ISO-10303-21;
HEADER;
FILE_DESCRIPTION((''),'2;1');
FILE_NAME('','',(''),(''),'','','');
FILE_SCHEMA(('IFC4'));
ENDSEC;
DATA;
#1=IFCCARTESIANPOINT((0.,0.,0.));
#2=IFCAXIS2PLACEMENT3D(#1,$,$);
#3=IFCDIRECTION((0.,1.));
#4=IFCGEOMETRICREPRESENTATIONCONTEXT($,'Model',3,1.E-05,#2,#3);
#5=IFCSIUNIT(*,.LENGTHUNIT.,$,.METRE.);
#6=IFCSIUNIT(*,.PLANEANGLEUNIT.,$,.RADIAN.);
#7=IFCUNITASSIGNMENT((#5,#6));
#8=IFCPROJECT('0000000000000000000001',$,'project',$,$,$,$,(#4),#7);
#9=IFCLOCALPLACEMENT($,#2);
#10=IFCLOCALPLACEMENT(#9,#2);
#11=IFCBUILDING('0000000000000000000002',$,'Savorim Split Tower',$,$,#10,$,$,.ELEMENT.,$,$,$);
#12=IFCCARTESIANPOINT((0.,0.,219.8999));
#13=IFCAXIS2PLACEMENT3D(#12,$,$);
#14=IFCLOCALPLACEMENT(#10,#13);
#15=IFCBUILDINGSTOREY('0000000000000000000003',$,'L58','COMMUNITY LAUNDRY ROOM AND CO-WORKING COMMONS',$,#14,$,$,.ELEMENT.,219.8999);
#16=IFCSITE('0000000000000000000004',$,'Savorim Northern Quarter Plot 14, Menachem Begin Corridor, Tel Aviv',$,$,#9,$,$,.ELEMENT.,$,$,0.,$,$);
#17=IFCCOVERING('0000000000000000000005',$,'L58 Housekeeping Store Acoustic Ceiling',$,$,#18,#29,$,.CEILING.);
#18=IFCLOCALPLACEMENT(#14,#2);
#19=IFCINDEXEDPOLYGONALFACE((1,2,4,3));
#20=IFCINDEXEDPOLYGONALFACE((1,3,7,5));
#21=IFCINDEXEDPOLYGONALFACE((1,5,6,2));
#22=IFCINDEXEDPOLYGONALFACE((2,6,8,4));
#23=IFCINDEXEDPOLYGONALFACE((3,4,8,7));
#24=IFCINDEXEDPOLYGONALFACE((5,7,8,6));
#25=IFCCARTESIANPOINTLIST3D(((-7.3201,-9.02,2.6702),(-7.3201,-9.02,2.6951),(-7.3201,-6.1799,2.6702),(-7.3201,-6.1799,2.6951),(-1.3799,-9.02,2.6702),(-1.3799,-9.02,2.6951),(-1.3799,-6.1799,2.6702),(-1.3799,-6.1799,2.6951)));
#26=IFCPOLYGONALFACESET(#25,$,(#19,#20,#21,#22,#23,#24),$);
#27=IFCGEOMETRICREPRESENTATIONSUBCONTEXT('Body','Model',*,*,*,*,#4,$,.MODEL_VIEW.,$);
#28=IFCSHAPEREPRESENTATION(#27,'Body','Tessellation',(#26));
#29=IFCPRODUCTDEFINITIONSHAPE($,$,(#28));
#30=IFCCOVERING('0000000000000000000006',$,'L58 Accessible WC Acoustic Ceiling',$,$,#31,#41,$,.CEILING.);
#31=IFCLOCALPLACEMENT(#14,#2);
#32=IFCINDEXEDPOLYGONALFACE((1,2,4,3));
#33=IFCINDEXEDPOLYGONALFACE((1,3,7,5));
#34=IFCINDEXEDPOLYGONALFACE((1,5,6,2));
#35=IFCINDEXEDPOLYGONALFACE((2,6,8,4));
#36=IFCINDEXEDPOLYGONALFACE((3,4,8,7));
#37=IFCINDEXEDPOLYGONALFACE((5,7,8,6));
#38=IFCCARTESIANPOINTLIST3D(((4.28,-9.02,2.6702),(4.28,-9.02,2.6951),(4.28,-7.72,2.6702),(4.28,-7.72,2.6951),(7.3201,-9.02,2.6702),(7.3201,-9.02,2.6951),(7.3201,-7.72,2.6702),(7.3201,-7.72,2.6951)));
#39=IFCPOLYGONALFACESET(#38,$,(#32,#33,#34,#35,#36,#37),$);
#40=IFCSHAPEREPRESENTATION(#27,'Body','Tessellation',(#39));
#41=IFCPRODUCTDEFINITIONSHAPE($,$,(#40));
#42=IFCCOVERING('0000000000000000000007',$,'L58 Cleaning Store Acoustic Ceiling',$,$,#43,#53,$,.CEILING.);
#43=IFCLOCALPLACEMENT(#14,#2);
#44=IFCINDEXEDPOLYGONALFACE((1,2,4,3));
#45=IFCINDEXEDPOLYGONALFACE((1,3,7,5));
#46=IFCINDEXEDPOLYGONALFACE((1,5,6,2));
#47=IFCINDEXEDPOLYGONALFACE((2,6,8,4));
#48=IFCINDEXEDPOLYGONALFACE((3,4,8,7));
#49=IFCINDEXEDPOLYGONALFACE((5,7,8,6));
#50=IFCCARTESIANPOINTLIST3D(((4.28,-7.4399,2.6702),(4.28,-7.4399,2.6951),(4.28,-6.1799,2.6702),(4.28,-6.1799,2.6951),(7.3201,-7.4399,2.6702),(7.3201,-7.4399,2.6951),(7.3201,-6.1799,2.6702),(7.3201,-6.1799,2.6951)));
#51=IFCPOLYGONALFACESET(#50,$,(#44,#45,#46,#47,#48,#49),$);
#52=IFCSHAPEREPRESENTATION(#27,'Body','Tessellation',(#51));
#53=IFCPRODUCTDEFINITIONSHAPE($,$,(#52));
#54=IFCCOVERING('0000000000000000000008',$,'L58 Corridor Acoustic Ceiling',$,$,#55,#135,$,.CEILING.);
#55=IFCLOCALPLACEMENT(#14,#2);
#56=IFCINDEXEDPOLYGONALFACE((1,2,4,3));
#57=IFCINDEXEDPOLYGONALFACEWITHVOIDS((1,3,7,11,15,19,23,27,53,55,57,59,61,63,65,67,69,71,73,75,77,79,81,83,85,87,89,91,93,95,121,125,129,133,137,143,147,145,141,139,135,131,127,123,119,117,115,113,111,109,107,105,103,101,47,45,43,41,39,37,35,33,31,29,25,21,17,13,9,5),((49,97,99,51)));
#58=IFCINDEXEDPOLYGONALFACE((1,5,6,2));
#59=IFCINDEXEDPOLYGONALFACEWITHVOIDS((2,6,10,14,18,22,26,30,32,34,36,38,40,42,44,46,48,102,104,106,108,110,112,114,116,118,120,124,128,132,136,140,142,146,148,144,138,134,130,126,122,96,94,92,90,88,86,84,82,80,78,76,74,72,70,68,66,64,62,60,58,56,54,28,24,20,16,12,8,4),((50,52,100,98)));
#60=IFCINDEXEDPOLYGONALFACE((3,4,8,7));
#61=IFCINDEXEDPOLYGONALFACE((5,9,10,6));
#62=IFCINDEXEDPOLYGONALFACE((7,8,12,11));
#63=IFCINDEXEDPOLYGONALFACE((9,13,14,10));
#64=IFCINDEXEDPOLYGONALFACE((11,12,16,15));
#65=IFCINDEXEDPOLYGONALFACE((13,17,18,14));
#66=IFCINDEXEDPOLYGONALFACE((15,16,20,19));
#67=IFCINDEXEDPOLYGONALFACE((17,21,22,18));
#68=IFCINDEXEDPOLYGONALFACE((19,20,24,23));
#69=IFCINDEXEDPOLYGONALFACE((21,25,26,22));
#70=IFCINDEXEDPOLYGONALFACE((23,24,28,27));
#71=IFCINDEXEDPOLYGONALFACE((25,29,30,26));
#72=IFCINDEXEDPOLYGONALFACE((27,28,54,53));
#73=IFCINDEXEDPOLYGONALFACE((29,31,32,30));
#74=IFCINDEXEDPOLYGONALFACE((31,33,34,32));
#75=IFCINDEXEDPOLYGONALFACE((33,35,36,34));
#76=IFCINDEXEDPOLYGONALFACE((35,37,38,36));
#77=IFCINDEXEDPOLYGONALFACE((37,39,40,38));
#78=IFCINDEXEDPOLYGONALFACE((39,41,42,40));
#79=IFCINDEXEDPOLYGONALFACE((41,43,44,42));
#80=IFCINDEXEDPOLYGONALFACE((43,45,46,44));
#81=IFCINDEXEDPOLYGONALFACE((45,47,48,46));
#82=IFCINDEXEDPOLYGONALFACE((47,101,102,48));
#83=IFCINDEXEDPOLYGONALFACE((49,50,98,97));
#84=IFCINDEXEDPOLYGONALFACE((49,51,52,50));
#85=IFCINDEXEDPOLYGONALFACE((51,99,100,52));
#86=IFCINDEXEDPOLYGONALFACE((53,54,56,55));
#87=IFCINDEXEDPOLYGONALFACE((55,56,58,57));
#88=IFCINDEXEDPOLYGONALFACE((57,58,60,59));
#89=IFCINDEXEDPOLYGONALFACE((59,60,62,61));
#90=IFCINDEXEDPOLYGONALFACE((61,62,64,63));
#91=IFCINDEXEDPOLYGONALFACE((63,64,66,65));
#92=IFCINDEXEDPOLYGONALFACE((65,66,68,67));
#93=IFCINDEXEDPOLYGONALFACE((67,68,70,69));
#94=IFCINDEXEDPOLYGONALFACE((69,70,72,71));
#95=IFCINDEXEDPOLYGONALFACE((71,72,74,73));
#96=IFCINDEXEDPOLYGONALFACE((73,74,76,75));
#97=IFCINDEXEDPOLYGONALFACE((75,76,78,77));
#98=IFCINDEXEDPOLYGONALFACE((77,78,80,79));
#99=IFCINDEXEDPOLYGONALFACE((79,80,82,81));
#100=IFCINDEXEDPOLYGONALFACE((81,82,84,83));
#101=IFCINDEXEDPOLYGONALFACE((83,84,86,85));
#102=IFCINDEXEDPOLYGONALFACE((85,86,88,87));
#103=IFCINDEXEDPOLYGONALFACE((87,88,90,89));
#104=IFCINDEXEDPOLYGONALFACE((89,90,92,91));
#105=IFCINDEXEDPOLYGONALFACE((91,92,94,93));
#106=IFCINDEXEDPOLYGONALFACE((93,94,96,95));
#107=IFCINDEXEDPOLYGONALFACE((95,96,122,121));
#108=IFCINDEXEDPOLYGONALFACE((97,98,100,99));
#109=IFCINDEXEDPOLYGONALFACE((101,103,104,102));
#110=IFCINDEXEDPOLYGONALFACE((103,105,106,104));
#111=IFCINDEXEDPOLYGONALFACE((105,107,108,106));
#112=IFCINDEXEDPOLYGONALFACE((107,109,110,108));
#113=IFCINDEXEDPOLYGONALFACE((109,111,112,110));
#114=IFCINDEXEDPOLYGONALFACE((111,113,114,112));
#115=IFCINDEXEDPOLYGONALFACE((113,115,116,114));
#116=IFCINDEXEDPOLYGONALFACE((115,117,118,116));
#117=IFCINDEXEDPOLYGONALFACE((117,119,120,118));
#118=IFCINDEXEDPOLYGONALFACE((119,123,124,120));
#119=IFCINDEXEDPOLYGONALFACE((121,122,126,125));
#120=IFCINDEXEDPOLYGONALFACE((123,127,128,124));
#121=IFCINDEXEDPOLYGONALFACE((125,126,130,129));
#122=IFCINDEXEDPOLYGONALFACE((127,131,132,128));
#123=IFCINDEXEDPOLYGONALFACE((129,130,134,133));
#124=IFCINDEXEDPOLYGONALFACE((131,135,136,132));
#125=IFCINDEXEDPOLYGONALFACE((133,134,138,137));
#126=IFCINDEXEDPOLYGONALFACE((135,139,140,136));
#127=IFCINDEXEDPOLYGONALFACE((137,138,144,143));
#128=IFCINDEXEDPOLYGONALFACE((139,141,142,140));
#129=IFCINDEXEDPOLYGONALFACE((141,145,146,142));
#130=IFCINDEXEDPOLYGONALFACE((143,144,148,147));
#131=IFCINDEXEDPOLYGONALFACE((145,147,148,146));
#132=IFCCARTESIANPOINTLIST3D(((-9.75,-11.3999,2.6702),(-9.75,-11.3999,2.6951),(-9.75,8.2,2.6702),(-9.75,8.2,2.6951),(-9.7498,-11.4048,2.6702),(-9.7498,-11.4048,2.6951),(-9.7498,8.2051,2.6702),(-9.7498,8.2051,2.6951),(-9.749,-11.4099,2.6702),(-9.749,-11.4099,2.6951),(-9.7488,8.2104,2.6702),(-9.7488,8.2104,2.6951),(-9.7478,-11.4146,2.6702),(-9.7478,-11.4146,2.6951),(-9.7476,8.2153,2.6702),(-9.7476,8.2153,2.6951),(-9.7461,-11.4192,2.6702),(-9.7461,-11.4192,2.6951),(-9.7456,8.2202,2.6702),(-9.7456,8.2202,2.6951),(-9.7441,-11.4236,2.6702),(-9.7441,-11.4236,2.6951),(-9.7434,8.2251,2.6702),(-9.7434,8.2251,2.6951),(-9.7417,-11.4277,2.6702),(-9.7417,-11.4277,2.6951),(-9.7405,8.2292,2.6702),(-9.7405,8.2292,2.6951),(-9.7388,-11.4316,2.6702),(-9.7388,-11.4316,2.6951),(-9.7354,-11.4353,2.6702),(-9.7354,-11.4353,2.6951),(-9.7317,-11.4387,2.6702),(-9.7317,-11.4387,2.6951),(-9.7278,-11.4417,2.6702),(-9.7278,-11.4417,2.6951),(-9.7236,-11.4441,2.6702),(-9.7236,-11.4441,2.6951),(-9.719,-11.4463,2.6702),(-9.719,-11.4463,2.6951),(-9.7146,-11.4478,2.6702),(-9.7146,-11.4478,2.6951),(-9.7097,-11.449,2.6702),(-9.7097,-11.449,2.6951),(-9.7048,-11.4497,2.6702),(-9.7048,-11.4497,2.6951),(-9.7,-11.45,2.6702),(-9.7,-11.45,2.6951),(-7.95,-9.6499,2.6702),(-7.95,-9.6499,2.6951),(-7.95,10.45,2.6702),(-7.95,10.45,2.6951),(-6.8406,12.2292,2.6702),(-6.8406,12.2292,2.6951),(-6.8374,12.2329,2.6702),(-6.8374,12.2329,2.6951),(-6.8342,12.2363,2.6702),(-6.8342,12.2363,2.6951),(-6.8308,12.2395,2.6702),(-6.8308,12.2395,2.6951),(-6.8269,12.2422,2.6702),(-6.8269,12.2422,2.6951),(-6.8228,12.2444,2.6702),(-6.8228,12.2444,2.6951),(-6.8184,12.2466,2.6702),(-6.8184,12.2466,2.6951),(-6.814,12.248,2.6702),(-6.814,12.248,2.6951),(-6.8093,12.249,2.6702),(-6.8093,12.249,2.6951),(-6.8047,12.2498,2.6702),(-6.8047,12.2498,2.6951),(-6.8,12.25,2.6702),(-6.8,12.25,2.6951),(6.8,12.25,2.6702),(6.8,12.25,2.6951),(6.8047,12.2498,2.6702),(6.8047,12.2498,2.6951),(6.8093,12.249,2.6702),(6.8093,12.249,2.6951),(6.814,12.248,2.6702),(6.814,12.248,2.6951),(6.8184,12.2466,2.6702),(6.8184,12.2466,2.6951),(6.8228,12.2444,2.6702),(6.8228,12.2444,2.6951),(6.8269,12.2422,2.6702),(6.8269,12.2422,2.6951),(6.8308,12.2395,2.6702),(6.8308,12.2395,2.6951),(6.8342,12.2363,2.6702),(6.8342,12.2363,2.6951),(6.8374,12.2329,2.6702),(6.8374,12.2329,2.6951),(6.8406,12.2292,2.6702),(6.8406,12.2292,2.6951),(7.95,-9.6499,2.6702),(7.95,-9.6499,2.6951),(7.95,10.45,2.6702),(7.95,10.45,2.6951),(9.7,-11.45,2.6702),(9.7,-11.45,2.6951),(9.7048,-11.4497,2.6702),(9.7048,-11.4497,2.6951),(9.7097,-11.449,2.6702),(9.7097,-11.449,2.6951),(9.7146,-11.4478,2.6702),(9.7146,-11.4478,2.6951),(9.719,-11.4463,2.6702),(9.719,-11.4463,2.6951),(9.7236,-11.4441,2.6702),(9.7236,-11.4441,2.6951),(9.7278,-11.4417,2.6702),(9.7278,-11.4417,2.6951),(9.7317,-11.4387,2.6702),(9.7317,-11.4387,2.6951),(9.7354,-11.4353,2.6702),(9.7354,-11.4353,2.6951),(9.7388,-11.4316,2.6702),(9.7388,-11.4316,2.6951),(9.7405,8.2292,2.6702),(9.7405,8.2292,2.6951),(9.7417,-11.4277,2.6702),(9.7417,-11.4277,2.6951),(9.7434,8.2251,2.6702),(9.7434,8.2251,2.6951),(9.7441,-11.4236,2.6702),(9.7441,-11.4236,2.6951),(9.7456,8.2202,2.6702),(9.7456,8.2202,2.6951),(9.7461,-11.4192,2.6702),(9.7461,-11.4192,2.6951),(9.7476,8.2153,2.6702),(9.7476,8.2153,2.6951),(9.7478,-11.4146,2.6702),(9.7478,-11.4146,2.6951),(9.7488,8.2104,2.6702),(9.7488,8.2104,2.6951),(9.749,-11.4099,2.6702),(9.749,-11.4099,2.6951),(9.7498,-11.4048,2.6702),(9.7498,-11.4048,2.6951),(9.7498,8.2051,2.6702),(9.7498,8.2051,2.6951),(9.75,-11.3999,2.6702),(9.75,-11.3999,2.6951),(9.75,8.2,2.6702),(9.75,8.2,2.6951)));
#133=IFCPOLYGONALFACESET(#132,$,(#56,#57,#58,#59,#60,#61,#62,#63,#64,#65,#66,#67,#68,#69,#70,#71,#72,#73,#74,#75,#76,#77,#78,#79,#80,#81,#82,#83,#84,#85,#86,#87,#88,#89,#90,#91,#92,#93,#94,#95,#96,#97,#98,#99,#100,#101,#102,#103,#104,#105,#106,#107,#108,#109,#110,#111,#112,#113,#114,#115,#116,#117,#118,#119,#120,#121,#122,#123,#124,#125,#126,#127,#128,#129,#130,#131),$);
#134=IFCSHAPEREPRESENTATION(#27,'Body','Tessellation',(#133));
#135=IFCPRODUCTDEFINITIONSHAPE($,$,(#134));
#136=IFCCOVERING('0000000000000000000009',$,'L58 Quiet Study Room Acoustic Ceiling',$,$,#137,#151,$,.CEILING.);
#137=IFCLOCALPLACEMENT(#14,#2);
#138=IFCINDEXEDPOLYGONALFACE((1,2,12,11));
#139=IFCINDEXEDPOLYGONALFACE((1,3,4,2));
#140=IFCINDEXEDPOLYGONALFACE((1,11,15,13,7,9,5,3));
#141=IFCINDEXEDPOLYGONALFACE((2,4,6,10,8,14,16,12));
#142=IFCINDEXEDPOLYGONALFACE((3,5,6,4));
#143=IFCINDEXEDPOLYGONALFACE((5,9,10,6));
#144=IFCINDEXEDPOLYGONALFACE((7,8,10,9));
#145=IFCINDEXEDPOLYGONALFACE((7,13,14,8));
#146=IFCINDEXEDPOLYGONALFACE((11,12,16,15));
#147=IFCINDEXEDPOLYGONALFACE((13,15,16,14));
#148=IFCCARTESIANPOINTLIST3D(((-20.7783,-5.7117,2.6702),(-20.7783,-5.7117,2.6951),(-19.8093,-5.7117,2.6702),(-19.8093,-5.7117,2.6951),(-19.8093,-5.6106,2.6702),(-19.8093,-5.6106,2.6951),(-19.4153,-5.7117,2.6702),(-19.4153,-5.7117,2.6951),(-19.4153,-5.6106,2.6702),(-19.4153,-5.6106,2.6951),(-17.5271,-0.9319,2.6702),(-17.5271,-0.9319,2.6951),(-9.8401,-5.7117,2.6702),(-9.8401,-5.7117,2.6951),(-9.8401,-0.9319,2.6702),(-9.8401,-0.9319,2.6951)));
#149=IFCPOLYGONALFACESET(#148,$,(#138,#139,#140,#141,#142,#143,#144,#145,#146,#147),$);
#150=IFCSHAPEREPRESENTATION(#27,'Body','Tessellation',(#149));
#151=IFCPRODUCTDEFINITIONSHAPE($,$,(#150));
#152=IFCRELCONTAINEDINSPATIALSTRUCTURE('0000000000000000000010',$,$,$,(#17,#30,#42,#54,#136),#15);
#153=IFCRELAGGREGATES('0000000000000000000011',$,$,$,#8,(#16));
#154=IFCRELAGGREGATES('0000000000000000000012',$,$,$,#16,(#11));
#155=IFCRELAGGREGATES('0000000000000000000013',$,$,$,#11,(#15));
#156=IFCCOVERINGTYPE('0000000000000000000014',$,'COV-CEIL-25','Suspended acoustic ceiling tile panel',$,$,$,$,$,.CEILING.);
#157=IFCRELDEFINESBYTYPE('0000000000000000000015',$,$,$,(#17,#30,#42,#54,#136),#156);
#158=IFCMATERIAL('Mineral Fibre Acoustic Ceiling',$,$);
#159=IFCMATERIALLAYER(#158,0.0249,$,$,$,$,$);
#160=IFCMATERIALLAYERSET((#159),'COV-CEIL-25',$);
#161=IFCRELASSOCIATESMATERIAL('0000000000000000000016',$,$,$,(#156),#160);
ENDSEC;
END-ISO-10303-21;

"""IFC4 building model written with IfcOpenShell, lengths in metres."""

from ifc_helpers import new_model, si_unit, direction, frame, origin, place, context, subcontext, project, spatial, polyline, outline, extrude, material, layer, layer_set, type_object, element, save


model = new_model("IFC4")

# Units and contexts
model_context = context("Model", 3, precision=1e-05, world=origin(), true_north=direction((0.0, 1.0)))
body_context = subcontext(model_context, "Body", "Model", "MODEL_VIEW")
ifc_project = project(units=[si_unit("LENGTHUNIT", "METRE"), si_unit("PLANEANGLEUNIT", "RADIAN")], contexts=[model_context])

# Site, building, storey
site_placement = place(None, origin())
site = spatial("IfcSite", under=ifc_project, at=site_placement, Name="Savorim Northern Quarter Plot 14, Menachem Begin Corridor, Tel Aviv", CompositionType="ELEMENT", RefElevation=0.0)
building_placement = place(site_placement, origin())
building = spatial("IfcBuilding", under=site, at=building_placement, Name="Savorim Split Tower", CompositionType="ELEMENT")
storey_placement = place(building_placement, frame((0.0, 0.0, 219.8999)))
storey = spatial("IfcBuildingStorey", under=building, at=storey_placement, Name="L58", Description="COMMUNITY LAUNDRY ROOM AND CO-WORKING COMMONS", CompositionType="ELEMENT", Elevation=219.8999)

# Coverings
ifc_material_1 = material(Name="Mineral Fibre Acoustic Ceiling")
ifc_layer_1 = layer(ifc_material_1, 0.0249)
ifc_layer_set_1 = layer_set([ifc_layer_1], Name="COV-CEIL-25")
covering_type_1 = type_object("IfcCoveringType", Name="COV-CEIL-25", Description="Suspended acoustic ceiling tile panel", PredefinedType="CEILING", material=ifc_layer_set_1)
covering_1_placement = place(storey_placement, frame((0.0, 0.0, 2.6702)))
element("IfcCovering", 1, at=covering_1_placement, inside=storey, type_object=covering_type_1, Name="L58 Housekeeping Store Acoustic Ceiling", PredefinedType="CEILING", context=body_context, shape_type="SweptSolid", body=[
    extrude(outline(polyline([(-7.3201, -6.1799), (-7.3201, -9.02), (-1.3799, -9.02), (-1.3799, -6.1799), (-7.3201, -6.1799)])), origin(), (0.0, 0.0, 1.0), 0.0249),
])
covering_2_placement = place(storey_placement, frame((0.0, 0.0, 2.6702)))
element("IfcCovering", 2, at=covering_2_placement, inside=storey, type_object=covering_type_1, Name="L58 Accessible WC Acoustic Ceiling", PredefinedType="CEILING", context=body_context, shape_type="SweptSolid", body=[
    extrude(outline(polyline([(4.28, -7.72), (4.28, -9.02), (7.3201, -9.02), (7.3201, -7.72), (4.28, -7.72)])), origin(), (0.0, 0.0, 1.0), 0.0249),
])
covering_3_placement = place(storey_placement, frame((0.0, 0.0, 2.6702)))
element("IfcCovering", 3, at=covering_3_placement, inside=storey, type_object=covering_type_1, Name="L58 Cleaning Store Acoustic Ceiling", PredefinedType="CEILING", context=body_context, shape_type="SweptSolid", body=[
    extrude(outline(polyline([(4.28, -6.1799), (4.28, -7.4399), (7.3201, -7.4399), (7.3201, -6.1799), (4.28, -6.1799)])), origin(), (0.0, 0.0, 1.0), 0.0249),
])
covering_4_placement = place(storey_placement, frame((0.0, 0.0, 2.6702)))
element("IfcCovering", 4, at=covering_4_placement, inside=storey, type_object=covering_type_1, Name="L58 Corridor Acoustic Ceiling", PredefinedType="CEILING", context=body_context, shape_type="SweptSolid", body=[
    extrude(outline(polyline([(6.8093, 12.249), (6.8047, 12.2498), (6.8, 12.25), (-6.8, 12.25), (-6.8047, 12.2498), (-6.8093, 12.249), (-6.814, 12.248), (-6.8184, 12.2466), (-6.8228, 12.2444), (-6.8269, 12.2422), (-6.8308, 12.2395), (-6.8342, 12.2363), (-6.8374, 12.2329), (-6.8406, 12.2292), (-9.7405, 8.2292), (-9.7434, 8.2251), (-9.7456, 8.2202), (-9.7476, 8.2153), (-9.7488, 8.2104), (-9.7498, 8.2051), (-9.75, 8.2), (-9.75, -11.3999), (-9.7498, -11.4048), (-9.749, -11.4099), (-9.7478, -11.4146), (-9.7461, -11.4192), (-9.7441, -11.4236), (-9.7417, -11.4277), (-9.7388, -11.4316), (-9.7354, -11.4353), (-9.7317, -11.4387), (-9.7278, -11.4417), (-9.7236, -11.4441), (-9.719, -11.4463), (-9.7146, -11.4478), (-9.7097, -11.449), (-9.7048, -11.4497), (-9.7, -11.45), (9.7, -11.45), (9.7048, -11.4497), (9.7097, -11.449), (9.7146, -11.4478), (9.719, -11.4463), (9.7236, -11.4441), (9.7278, -11.4417), (9.7317, -11.4387), (9.7354, -11.4353), (9.7388, -11.4316), (9.7417, -11.4277), (9.7441, -11.4236), (9.7461, -11.4192), (9.7478, -11.4146), (9.749, -11.4099), (9.7498, -11.4048), (9.75, -11.3999), (9.75, 8.2), (9.7498, 8.2051), (9.7488, 8.2104), (9.7476, 8.2153), (9.7456, 8.2202), (9.7434, 8.2251), (9.7405, 8.2292), (6.8406, 12.2292), (6.8374, 12.2329), (6.8342, 12.2363), (6.8308, 12.2395), (6.8269, 12.2422), (6.8228, 12.2444), (6.8184, 12.2466), (6.814, 12.248), (6.8093, 12.249)]), holes=[polyline([(-7.95, 10.45), (-7.95, -9.6499), (7.95, -9.6499), (7.95, 10.45), (-7.95, 10.45)])]), origin(), (0.0, 0.0, 1.0), 0.0249),
])
covering_5_placement = place(storey_placement, frame((0.0, 0.0, 2.6702)))
element("IfcCovering", 5, at=covering_5_placement, inside=storey, type_object=covering_type_1, Name="L58 Quiet Study Room Acoustic Ceiling", PredefinedType="CEILING", context=body_context, shape_type="SweptSolid", body=[
    extrude(outline(polyline([(-19.4153, -5.6106), (-19.4153, -5.7117), (-9.8401, -5.7117), (-9.8401, -0.9319), (-17.5271, -0.9319), (-20.7783, -5.7117), (-19.8093, -5.7117), (-19.8093, -5.6106), (-19.4153, -5.6106)])), origin(), (0.0, 0.0, 1.0), 0.0249),
])

save(model, "model.ifc")
